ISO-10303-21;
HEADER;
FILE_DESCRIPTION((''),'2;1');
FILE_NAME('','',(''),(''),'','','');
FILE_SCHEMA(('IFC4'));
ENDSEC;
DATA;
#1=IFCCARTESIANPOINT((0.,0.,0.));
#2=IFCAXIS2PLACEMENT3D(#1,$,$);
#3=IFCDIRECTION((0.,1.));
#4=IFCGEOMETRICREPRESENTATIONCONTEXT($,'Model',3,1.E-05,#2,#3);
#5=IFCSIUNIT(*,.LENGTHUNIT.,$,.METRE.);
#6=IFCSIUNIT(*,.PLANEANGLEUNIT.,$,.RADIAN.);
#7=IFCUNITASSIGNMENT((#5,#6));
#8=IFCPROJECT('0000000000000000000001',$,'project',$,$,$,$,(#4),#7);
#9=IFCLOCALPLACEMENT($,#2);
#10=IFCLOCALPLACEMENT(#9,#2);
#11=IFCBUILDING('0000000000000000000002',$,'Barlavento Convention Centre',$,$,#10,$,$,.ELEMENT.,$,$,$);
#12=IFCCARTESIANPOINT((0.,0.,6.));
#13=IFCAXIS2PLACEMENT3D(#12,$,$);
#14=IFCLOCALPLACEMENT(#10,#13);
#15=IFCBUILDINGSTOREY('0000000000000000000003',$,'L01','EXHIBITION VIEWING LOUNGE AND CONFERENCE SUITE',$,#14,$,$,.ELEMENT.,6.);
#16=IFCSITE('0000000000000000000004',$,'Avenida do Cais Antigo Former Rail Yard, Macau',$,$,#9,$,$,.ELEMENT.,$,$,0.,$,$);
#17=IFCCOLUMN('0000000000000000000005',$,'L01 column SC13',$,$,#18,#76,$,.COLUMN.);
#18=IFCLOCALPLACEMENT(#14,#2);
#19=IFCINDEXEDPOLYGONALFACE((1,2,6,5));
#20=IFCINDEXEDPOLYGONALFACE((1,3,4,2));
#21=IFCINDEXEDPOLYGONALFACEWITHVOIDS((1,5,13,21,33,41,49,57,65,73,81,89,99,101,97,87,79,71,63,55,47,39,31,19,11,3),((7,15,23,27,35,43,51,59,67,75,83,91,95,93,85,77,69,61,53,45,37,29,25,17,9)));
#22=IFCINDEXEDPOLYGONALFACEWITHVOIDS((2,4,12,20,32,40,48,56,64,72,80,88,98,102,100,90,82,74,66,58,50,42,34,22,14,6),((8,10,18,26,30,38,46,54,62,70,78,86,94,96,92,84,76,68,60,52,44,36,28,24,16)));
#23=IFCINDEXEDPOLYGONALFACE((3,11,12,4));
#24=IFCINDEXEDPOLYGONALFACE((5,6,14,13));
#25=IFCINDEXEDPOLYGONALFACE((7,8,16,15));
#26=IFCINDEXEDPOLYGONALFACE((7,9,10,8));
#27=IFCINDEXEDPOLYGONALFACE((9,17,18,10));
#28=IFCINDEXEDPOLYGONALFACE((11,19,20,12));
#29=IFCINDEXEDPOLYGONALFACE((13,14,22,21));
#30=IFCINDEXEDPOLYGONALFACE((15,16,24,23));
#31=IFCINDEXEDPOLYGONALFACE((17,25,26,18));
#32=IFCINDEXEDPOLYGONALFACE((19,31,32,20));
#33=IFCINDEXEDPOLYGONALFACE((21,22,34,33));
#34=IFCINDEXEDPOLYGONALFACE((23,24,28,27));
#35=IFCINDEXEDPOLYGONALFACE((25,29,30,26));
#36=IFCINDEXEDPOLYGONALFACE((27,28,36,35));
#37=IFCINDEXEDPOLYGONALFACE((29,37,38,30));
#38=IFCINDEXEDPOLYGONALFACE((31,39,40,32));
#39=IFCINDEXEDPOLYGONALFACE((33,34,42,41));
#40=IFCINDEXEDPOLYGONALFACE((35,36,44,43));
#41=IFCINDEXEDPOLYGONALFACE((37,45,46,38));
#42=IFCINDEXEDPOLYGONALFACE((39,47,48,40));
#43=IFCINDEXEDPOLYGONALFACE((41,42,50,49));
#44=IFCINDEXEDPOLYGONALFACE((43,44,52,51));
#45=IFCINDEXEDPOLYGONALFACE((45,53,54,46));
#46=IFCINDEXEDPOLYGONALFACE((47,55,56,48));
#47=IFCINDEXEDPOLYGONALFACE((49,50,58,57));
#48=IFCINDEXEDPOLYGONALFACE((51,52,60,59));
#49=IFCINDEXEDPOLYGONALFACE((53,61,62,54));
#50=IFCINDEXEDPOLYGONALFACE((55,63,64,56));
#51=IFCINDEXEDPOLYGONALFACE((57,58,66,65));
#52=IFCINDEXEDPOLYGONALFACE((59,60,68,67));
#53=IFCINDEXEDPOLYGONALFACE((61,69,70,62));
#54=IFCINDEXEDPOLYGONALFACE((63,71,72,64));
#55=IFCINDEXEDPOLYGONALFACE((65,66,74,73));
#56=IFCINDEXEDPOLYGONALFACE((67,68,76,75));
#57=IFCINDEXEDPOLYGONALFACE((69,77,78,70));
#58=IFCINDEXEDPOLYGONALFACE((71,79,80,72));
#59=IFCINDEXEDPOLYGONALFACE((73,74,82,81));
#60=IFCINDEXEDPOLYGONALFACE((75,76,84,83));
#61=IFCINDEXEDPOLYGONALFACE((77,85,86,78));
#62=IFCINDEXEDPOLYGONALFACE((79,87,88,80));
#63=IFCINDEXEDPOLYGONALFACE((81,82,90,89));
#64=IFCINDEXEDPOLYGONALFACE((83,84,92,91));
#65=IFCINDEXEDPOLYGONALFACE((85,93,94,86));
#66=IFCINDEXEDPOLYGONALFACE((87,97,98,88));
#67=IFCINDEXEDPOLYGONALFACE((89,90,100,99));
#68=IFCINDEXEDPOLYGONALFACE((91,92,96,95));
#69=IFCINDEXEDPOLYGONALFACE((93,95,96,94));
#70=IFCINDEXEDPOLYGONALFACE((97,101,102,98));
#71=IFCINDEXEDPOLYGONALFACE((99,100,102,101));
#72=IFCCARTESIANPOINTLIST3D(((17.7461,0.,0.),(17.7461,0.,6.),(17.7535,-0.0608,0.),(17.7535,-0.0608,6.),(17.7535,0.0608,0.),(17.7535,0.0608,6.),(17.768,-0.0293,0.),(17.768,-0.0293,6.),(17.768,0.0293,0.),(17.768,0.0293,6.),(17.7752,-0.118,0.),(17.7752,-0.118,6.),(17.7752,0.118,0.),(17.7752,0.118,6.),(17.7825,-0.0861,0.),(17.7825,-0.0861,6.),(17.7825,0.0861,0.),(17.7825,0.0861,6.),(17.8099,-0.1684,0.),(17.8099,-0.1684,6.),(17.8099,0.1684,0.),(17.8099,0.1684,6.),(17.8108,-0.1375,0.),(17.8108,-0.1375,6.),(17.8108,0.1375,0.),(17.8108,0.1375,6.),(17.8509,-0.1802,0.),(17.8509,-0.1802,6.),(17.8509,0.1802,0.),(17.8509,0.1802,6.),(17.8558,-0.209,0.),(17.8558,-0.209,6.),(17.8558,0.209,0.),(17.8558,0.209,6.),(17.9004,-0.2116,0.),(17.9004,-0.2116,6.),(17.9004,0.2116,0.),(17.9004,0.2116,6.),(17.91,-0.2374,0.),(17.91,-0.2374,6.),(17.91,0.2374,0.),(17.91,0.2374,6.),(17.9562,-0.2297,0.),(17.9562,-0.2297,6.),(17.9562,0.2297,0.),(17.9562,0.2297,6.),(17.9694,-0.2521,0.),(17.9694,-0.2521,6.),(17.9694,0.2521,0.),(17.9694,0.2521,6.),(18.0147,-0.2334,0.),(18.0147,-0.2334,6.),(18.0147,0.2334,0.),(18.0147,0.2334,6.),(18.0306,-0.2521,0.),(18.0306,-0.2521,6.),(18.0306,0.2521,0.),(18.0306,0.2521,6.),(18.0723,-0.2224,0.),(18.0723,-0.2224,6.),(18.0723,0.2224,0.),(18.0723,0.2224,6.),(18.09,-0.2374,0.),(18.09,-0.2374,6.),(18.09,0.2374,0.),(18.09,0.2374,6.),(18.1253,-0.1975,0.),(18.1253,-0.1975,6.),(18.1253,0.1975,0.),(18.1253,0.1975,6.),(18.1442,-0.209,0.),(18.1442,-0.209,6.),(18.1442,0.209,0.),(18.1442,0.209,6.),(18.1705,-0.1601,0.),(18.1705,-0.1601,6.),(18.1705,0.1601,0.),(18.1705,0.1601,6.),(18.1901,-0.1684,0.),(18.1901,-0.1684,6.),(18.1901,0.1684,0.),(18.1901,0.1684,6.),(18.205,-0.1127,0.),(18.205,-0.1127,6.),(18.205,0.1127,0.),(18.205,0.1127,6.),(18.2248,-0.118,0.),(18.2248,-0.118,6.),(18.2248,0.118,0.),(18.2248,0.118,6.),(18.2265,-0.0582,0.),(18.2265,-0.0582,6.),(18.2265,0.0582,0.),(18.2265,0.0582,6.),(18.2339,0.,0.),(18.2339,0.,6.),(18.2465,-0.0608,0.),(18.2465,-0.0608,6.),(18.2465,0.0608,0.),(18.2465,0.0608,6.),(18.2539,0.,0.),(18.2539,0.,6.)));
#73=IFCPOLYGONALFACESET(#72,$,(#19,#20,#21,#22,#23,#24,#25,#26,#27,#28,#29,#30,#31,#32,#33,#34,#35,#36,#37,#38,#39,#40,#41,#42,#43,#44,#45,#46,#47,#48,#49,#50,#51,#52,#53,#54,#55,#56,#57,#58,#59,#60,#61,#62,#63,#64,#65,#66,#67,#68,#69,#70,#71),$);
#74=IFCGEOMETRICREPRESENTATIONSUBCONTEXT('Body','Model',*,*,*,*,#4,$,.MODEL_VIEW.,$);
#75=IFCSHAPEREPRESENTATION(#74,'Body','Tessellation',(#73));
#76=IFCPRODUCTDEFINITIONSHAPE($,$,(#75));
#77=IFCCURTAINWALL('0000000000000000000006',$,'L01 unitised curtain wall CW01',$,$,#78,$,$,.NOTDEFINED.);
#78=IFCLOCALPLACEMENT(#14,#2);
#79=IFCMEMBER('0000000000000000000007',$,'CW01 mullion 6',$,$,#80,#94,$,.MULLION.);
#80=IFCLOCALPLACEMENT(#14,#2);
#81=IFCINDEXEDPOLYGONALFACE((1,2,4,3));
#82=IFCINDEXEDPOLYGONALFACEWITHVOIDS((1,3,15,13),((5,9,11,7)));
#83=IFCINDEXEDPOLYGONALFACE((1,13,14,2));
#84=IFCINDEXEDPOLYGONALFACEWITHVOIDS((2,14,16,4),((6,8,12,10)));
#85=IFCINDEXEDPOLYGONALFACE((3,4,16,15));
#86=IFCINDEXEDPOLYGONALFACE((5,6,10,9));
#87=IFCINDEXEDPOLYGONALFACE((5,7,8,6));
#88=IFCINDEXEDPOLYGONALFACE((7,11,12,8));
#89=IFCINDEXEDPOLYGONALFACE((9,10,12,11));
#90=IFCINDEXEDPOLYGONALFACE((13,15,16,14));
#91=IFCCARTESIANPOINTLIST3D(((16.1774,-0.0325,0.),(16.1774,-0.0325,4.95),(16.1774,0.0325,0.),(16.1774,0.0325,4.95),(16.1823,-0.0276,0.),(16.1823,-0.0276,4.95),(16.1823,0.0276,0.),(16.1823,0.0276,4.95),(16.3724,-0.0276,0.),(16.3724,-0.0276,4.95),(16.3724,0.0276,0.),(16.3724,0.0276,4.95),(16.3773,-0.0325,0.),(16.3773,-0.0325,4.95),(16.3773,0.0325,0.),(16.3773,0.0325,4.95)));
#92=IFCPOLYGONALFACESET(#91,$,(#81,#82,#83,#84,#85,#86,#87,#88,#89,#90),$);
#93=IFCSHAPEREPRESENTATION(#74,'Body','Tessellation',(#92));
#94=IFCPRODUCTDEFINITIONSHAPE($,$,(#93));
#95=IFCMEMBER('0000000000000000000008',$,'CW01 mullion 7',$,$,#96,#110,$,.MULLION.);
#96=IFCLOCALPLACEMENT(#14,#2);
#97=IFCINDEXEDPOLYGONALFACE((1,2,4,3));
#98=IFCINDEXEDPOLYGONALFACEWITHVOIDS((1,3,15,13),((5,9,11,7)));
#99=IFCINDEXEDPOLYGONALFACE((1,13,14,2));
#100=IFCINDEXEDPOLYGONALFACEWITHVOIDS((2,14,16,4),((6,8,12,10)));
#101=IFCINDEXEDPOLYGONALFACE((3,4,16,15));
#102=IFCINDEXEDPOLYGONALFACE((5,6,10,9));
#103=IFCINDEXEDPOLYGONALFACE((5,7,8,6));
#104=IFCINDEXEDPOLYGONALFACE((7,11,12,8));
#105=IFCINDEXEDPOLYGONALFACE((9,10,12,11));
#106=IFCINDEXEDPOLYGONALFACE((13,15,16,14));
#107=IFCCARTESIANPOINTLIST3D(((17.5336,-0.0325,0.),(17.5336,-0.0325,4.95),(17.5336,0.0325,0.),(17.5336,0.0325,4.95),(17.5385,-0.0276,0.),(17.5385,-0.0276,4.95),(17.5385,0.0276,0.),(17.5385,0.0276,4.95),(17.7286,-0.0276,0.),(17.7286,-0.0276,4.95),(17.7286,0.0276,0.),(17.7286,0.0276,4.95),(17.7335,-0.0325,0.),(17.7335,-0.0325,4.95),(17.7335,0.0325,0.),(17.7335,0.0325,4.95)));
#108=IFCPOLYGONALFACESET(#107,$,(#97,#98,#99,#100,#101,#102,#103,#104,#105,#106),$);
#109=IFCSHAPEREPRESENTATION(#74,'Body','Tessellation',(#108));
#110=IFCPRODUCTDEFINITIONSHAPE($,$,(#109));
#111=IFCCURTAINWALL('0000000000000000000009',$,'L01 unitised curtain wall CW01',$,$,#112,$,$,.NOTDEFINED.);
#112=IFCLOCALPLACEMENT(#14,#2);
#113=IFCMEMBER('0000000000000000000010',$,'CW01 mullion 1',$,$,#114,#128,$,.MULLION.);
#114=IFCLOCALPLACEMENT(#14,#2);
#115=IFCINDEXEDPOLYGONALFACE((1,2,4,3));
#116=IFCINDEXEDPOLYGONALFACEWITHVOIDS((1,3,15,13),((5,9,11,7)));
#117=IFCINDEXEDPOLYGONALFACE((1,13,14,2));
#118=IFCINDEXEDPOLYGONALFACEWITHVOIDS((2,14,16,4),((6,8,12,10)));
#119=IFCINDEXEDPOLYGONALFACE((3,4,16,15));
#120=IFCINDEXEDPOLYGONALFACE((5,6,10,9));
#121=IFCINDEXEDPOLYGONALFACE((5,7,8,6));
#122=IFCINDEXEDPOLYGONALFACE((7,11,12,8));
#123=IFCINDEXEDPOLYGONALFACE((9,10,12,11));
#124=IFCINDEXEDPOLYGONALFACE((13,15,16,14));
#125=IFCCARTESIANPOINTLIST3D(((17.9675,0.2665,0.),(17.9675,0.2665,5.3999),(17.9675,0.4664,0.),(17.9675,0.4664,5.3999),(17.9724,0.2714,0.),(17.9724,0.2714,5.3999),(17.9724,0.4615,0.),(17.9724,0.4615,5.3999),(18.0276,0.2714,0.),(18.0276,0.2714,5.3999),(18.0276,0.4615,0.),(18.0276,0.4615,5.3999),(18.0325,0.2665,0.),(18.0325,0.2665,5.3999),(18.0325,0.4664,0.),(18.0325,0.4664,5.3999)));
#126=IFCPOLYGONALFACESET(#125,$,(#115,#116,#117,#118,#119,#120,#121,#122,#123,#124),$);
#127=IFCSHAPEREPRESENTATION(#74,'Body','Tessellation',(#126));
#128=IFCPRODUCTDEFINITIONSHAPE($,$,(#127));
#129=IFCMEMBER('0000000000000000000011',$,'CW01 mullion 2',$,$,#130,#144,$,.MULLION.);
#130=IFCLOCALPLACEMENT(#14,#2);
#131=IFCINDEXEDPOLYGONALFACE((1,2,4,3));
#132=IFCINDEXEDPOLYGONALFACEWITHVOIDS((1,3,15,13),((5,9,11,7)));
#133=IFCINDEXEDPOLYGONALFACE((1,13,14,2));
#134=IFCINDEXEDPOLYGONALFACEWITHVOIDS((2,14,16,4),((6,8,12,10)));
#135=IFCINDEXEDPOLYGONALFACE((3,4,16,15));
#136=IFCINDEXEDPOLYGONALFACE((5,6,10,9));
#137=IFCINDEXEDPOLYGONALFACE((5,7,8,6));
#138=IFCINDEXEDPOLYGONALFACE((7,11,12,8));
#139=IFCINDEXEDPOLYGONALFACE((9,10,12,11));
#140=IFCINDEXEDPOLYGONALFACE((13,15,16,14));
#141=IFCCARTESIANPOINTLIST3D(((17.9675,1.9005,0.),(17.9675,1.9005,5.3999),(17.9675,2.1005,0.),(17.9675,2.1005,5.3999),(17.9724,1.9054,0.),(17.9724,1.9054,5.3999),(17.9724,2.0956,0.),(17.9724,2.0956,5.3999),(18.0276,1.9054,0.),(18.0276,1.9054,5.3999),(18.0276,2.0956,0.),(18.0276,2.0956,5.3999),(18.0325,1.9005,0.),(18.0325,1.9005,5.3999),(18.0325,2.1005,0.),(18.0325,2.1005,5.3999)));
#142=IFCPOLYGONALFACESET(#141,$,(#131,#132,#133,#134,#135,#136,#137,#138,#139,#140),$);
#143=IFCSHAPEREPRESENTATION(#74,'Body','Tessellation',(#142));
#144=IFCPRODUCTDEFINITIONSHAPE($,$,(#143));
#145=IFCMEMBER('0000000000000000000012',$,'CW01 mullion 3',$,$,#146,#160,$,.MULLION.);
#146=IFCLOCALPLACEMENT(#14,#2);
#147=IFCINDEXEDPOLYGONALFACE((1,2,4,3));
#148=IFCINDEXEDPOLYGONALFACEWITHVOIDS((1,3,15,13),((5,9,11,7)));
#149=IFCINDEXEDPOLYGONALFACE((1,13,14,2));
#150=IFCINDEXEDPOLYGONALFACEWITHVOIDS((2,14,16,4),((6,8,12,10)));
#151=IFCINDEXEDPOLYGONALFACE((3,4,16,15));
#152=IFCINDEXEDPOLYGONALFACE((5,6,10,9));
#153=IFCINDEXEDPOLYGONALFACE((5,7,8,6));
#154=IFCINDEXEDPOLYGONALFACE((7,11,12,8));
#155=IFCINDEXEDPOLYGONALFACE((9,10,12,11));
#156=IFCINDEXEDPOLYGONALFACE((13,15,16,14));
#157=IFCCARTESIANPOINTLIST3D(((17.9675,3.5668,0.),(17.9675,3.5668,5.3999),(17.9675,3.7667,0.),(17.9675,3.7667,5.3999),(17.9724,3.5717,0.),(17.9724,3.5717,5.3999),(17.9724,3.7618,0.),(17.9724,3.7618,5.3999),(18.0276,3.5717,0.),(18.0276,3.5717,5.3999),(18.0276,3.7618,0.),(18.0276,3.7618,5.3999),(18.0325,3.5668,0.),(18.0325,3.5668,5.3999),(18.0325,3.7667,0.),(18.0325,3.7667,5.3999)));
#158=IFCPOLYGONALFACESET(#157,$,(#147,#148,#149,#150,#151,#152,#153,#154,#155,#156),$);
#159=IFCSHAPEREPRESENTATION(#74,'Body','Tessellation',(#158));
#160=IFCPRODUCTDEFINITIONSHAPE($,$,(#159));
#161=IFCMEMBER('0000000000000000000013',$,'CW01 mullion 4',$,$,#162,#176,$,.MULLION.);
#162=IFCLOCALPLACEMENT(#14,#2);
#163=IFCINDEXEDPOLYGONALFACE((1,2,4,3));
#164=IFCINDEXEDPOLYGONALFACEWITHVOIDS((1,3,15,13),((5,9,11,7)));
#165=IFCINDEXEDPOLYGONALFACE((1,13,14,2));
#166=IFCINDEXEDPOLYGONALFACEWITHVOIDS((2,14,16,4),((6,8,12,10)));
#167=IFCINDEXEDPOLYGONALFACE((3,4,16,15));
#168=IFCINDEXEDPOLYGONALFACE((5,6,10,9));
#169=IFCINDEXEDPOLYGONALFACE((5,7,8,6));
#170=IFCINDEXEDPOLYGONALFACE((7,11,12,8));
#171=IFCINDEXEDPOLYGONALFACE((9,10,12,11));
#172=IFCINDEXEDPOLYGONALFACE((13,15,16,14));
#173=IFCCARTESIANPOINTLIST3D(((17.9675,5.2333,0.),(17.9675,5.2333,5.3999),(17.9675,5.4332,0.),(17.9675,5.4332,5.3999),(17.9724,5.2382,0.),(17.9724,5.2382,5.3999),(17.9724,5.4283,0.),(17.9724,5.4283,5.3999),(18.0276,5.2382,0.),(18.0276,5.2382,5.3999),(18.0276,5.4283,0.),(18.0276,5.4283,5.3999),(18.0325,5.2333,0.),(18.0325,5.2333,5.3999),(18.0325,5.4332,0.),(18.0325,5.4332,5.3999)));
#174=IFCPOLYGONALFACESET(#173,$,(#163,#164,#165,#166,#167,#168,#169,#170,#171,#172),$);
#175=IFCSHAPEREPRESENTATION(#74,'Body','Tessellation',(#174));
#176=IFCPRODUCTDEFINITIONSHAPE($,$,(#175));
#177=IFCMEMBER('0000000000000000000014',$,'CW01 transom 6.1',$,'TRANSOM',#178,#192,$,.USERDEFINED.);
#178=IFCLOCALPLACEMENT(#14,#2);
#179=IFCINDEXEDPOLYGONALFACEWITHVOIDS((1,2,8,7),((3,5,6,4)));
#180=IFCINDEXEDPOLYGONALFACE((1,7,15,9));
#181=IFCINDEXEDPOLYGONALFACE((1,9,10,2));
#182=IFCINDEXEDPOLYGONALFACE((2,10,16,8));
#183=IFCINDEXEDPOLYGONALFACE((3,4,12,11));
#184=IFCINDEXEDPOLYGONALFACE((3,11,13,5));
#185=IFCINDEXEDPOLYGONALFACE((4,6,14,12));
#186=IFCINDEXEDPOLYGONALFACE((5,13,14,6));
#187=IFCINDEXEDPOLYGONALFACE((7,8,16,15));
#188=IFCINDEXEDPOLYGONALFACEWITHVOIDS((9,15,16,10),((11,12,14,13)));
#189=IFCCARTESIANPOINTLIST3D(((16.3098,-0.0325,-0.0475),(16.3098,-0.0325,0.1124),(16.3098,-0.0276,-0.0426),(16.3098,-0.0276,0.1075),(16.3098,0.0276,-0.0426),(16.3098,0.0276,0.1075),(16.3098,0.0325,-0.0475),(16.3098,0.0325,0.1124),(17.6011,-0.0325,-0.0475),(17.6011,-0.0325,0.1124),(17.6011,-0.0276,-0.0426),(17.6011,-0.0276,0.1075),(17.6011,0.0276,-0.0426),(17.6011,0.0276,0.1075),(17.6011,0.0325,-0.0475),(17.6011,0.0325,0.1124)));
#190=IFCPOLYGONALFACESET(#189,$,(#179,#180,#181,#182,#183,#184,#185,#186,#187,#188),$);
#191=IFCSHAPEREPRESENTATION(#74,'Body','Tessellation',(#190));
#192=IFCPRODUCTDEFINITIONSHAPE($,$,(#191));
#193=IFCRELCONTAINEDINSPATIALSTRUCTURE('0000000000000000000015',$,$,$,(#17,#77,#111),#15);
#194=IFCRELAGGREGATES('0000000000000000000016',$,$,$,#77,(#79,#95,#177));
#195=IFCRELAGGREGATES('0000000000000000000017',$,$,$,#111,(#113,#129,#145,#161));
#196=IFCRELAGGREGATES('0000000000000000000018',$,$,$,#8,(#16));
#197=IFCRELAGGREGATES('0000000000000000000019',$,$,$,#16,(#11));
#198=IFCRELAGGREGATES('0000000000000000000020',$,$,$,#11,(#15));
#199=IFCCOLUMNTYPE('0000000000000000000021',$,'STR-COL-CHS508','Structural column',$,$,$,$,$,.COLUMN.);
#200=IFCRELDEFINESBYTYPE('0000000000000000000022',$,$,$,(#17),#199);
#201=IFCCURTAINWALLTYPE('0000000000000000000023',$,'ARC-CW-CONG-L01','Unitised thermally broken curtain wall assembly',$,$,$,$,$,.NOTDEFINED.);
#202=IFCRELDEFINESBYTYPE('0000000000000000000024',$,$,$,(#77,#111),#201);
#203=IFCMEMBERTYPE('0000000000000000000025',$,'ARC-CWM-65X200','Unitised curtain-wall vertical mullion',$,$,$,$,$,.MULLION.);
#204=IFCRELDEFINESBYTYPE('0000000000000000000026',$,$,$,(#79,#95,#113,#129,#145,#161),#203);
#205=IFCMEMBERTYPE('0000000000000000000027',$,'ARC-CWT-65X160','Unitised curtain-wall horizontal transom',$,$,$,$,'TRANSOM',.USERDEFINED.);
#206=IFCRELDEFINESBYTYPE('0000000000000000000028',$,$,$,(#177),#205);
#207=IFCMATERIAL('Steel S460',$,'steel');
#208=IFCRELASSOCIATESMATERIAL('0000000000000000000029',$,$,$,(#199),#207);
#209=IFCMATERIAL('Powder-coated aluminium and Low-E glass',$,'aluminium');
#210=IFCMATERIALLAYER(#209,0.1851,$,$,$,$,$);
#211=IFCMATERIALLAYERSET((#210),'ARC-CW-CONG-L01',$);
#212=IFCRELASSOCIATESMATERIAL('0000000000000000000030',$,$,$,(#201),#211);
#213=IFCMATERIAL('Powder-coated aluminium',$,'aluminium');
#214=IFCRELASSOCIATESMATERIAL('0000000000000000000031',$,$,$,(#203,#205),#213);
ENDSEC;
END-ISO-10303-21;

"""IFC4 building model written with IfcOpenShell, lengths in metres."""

from ifc_helpers import new_model, si_unit, direction, frame, origin, origin_2d, place, context, subcontext, project, spatial, hollow_rectangle, hollow_circle, extrude, material, layer, layer_set, material_profile, profile_set, type_object, element, aggregate, save


model = new_model("IFC4")

# Units and contexts
model_context = context("Model", 3, precision=1e-05, world=origin(), true_north=direction((0.0, 1.0)))
body_context = subcontext(model_context, "Body", "Model", "MODEL_VIEW")
ifc_project = project(units=[si_unit("LENGTHUNIT", "METRE"), si_unit("PLANEANGLEUNIT", "RADIAN")], contexts=[model_context])

# Site, building, storey
site_placement = place(None, origin())
site = spatial("IfcSite", under=ifc_project, at=site_placement, Name="Avenida do Cais Antigo Former Rail Yard, Macau", CompositionType="ELEMENT", RefElevation=0.0)
building_placement = place(site_placement, origin())
building = spatial("IfcBuilding", under=site, at=building_placement, Name="Barlavento Convention Centre", CompositionType="ELEMENT")
storey_placement = place(building_placement, frame((0.0, 0.0, 6.0)))
storey = spatial("IfcBuildingStorey", under=building, at=storey_placement, Name="L01", Description="EXHIBITION VIEWING LOUNGE AND CONFERENCE SUITE", CompositionType="ELEMENT", Elevation=6.0)

# Column
ifc_material_1 = material(Name="Steel S460", Category="steel")
ifc_material_profile_1 = material_profile(ifc_material_1, hollow_circle(Radius=0.2539, WallThickness=0.02, at=origin_2d()), Name="CHS 508.0x20.0")
ifc_profile_set_1 = profile_set([ifc_material_profile_1], Name="Steel S460")
column_type = type_object("IfcColumnType", Name="STR-COL-CHS508", Description="Structural column", PredefinedType="COLUMN", material=ifc_profile_set_1)
column_placement = place(storey_placement, frame((18.0, 0.0, 0.0), z_axis=(0.0, 0.0, 1.0), x_axis=(1.0, 0.0, 0.0)))
element("IfcColumn", 1, at=column_placement, inside=storey, type_object=column_type, Name="L01 column SC13", PredefinedType="COLUMN", context=body_context, shape_type="SweptSolid", body=[
    extrude(hollow_circle(Radius=0.2539, WallThickness=0.02, at=origin_2d()), origin(), (0.0, 0.0, 1.0), 6.0),
])

# Curtain walls, members
ifc_material_2 = material(Name="Powder-coated aluminium and Low-E glass", Category="aluminium")
ifc_layer = layer(ifc_material_2, 0.1851)
ifc_layer_set = layer_set([ifc_layer], Name="ARC-CW-CONG-L01")
curtain_wall_type = type_object("IfcCurtainWallType", Name="ARC-CW-CONG-L01", Description="Unitised thermally broken curtain wall assembly", PredefinedType="NOTDEFINED", material=ifc_layer_set)
curtain_wall_1_placement = place(storey_placement, origin())
curtain_wall_1 = element("IfcCurtainWall", 2, at=curtain_wall_1_placement, inside=storey, type_object=curtain_wall_type, Name="L01 unitised curtain wall CW01", PredefinedType="NOTDEFINED")
ifc_material_3 = material(Name="Powder-coated aluminium", Category="aluminium")
ifc_material_profile_2 = material_profile(ifc_material_3, hollow_rectangle(XDim=0.0649, YDim=0.2, WallThickness=0.0049, at=origin_2d()), Name="AL-MULL 65x200x5")
ifc_profile_set_2 = profile_set([ifc_material_profile_2], Name="Powder-coated aluminium")
member_type_1 = type_object("IfcMemberType", Name="ARC-CWM-65X200", Description="Unitised curtain-wall vertical mullion", PredefinedType="MULLION", material=ifc_profile_set_2)
member_1_placement = place(storey_placement, frame((16.2773, 0.0, 0.0), z_axis=(0.0, 0.0, 1.0), x_axis=(0.0, 1.0, 0.0)))
member_1 = element("IfcMember", 3, at=member_1_placement, type_object=member_type_1, Name="CW01 mullion 6", PredefinedType="MULLION", context=body_context, shape_type="SweptSolid", body=[
    extrude(hollow_rectangle(XDim=0.0649, YDim=0.2, WallThickness=0.0049, at=origin_2d()), origin(), (0.0, 0.0, 1.0), 4.95),
])
member_2_placement = place(storey_placement, frame((17.6335, 0.0, 0.0), z_axis=(0.0, 0.0, 1.0), x_axis=(0.0, 1.0, 0.0)))
member_2 = element("IfcMember", 4, at=member_2_placement, type_object=member_type_1, Name="CW01 mullion 7", PredefinedType="MULLION", context=body_context, shape_type="SweptSolid", body=[
    extrude(hollow_rectangle(XDim=0.0649, YDim=0.2, WallThickness=0.0049, at=origin_2d()), origin(), (0.0, 0.0, 1.0), 4.95),
])
curtain_wall_2_placement = place(storey_placement, origin())
curtain_wall_2 = element("IfcCurtainWall", 5, at=curtain_wall_2_placement, inside=storey, type_object=curtain_wall_type, Name="L01 unitised curtain wall CW01", PredefinedType="NOTDEFINED")
member_3_placement = place(storey_placement, frame((18.0, 0.3665, 0.0), z_axis=(0.0, 0.0, 1.0), x_axis=(-1.0, 0.0, 0.0)))
member_3 = element("IfcMember", 6, at=member_3_placement, type_object=member_type_1, Name="CW01 mullion 1", PredefinedType="MULLION", context=body_context, shape_type="SweptSolid", body=[
    extrude(hollow_rectangle(XDim=0.0649, YDim=0.2, WallThickness=0.0049, at=origin_2d()), origin(), (0.0, 0.0, 1.0), 5.3999),
])
member_4_placement = place(storey_placement, frame((18.0, 2.0005, 0.0), z_axis=(0.0, 0.0, 1.0), x_axis=(-1.0, 0.0, 0.0)))
member_4 = element("IfcMember", 7, at=member_4_placement, type_object=member_type_1, Name="CW01 mullion 2", PredefinedType="MULLION", context=body_context, shape_type="SweptSolid", body=[
    extrude(hollow_rectangle(XDim=0.0649, YDim=0.2, WallThickness=0.0049, at=origin_2d()), origin(), (0.0, 0.0, 1.0), 5.3999),
])
member_5_placement = place(storey_placement, frame((18.0, 3.6667, 0.0), z_axis=(0.0, 0.0, 1.0), x_axis=(-1.0, 0.0, 0.0)))
member_5 = element("IfcMember", 8, at=member_5_placement, type_object=member_type_1, Name="CW01 mullion 3", PredefinedType="MULLION", context=body_context, shape_type="SweptSolid", body=[
    extrude(hollow_rectangle(XDim=0.0649, YDim=0.2, WallThickness=0.0049, at=origin_2d()), origin(), (0.0, 0.0, 1.0), 5.3999),
])
member_6_placement = place(storey_placement, frame((18.0, 5.3333, 0.0), z_axis=(0.0, 0.0, 1.0), x_axis=(-1.0, 0.0, 0.0)))
member_6 = element("IfcMember", 9, at=member_6_placement, type_object=member_type_1, Name="CW01 mullion 4", PredefinedType="MULLION", context=body_context, shape_type="SweptSolid", body=[
    extrude(hollow_rectangle(XDim=0.0649, YDim=0.2, WallThickness=0.0049, at=origin_2d()), origin(), (0.0, 0.0, 1.0), 5.3999),
])

# Member
ifc_material_profile_3 = material_profile(ifc_material_3, hollow_rectangle(XDim=0.0649, YDim=0.1599, WallThickness=0.0049, at=origin_2d()), Name="AL-TRAN 65x160x5")
ifc_profile_set_3 = profile_set([ifc_material_profile_3], Name="Powder-coated aluminium")
member_type_2 = type_object("IfcMemberType", Name="ARC-CWT-65X160", Description="Unitised curtain-wall horizontal transom", ElementType="TRANSOM", PredefinedType="USERDEFINED", material=ifc_profile_set_3)
member_7_placement = place(storey_placement, frame((16.3098, 0.0, 0.0325), z_axis=(1.0, 0.0, 0.0), x_axis=(0.0, 1.0, 0.0)))
member_7 = element("IfcMember", 10, at=member_7_placement, type_object=member_type_2, Name="CW01 transom 6.1", ObjectType="TRANSOM", PredefinedType="USERDEFINED", context=body_context, shape_type="SweptSolid", body=[
    extrude(hollow_rectangle(XDim=0.0649, YDim=0.1599, WallThickness=0.0049, at=origin_2d()), origin(), (0.0, 0.0, 1.0), 1.2913),
])
aggregate(curtain_wall_1, [member_1, member_2, member_7])
aggregate(curtain_wall_2, [member_3, member_4, member_5, member_6])

save(model, "model.ifc")
